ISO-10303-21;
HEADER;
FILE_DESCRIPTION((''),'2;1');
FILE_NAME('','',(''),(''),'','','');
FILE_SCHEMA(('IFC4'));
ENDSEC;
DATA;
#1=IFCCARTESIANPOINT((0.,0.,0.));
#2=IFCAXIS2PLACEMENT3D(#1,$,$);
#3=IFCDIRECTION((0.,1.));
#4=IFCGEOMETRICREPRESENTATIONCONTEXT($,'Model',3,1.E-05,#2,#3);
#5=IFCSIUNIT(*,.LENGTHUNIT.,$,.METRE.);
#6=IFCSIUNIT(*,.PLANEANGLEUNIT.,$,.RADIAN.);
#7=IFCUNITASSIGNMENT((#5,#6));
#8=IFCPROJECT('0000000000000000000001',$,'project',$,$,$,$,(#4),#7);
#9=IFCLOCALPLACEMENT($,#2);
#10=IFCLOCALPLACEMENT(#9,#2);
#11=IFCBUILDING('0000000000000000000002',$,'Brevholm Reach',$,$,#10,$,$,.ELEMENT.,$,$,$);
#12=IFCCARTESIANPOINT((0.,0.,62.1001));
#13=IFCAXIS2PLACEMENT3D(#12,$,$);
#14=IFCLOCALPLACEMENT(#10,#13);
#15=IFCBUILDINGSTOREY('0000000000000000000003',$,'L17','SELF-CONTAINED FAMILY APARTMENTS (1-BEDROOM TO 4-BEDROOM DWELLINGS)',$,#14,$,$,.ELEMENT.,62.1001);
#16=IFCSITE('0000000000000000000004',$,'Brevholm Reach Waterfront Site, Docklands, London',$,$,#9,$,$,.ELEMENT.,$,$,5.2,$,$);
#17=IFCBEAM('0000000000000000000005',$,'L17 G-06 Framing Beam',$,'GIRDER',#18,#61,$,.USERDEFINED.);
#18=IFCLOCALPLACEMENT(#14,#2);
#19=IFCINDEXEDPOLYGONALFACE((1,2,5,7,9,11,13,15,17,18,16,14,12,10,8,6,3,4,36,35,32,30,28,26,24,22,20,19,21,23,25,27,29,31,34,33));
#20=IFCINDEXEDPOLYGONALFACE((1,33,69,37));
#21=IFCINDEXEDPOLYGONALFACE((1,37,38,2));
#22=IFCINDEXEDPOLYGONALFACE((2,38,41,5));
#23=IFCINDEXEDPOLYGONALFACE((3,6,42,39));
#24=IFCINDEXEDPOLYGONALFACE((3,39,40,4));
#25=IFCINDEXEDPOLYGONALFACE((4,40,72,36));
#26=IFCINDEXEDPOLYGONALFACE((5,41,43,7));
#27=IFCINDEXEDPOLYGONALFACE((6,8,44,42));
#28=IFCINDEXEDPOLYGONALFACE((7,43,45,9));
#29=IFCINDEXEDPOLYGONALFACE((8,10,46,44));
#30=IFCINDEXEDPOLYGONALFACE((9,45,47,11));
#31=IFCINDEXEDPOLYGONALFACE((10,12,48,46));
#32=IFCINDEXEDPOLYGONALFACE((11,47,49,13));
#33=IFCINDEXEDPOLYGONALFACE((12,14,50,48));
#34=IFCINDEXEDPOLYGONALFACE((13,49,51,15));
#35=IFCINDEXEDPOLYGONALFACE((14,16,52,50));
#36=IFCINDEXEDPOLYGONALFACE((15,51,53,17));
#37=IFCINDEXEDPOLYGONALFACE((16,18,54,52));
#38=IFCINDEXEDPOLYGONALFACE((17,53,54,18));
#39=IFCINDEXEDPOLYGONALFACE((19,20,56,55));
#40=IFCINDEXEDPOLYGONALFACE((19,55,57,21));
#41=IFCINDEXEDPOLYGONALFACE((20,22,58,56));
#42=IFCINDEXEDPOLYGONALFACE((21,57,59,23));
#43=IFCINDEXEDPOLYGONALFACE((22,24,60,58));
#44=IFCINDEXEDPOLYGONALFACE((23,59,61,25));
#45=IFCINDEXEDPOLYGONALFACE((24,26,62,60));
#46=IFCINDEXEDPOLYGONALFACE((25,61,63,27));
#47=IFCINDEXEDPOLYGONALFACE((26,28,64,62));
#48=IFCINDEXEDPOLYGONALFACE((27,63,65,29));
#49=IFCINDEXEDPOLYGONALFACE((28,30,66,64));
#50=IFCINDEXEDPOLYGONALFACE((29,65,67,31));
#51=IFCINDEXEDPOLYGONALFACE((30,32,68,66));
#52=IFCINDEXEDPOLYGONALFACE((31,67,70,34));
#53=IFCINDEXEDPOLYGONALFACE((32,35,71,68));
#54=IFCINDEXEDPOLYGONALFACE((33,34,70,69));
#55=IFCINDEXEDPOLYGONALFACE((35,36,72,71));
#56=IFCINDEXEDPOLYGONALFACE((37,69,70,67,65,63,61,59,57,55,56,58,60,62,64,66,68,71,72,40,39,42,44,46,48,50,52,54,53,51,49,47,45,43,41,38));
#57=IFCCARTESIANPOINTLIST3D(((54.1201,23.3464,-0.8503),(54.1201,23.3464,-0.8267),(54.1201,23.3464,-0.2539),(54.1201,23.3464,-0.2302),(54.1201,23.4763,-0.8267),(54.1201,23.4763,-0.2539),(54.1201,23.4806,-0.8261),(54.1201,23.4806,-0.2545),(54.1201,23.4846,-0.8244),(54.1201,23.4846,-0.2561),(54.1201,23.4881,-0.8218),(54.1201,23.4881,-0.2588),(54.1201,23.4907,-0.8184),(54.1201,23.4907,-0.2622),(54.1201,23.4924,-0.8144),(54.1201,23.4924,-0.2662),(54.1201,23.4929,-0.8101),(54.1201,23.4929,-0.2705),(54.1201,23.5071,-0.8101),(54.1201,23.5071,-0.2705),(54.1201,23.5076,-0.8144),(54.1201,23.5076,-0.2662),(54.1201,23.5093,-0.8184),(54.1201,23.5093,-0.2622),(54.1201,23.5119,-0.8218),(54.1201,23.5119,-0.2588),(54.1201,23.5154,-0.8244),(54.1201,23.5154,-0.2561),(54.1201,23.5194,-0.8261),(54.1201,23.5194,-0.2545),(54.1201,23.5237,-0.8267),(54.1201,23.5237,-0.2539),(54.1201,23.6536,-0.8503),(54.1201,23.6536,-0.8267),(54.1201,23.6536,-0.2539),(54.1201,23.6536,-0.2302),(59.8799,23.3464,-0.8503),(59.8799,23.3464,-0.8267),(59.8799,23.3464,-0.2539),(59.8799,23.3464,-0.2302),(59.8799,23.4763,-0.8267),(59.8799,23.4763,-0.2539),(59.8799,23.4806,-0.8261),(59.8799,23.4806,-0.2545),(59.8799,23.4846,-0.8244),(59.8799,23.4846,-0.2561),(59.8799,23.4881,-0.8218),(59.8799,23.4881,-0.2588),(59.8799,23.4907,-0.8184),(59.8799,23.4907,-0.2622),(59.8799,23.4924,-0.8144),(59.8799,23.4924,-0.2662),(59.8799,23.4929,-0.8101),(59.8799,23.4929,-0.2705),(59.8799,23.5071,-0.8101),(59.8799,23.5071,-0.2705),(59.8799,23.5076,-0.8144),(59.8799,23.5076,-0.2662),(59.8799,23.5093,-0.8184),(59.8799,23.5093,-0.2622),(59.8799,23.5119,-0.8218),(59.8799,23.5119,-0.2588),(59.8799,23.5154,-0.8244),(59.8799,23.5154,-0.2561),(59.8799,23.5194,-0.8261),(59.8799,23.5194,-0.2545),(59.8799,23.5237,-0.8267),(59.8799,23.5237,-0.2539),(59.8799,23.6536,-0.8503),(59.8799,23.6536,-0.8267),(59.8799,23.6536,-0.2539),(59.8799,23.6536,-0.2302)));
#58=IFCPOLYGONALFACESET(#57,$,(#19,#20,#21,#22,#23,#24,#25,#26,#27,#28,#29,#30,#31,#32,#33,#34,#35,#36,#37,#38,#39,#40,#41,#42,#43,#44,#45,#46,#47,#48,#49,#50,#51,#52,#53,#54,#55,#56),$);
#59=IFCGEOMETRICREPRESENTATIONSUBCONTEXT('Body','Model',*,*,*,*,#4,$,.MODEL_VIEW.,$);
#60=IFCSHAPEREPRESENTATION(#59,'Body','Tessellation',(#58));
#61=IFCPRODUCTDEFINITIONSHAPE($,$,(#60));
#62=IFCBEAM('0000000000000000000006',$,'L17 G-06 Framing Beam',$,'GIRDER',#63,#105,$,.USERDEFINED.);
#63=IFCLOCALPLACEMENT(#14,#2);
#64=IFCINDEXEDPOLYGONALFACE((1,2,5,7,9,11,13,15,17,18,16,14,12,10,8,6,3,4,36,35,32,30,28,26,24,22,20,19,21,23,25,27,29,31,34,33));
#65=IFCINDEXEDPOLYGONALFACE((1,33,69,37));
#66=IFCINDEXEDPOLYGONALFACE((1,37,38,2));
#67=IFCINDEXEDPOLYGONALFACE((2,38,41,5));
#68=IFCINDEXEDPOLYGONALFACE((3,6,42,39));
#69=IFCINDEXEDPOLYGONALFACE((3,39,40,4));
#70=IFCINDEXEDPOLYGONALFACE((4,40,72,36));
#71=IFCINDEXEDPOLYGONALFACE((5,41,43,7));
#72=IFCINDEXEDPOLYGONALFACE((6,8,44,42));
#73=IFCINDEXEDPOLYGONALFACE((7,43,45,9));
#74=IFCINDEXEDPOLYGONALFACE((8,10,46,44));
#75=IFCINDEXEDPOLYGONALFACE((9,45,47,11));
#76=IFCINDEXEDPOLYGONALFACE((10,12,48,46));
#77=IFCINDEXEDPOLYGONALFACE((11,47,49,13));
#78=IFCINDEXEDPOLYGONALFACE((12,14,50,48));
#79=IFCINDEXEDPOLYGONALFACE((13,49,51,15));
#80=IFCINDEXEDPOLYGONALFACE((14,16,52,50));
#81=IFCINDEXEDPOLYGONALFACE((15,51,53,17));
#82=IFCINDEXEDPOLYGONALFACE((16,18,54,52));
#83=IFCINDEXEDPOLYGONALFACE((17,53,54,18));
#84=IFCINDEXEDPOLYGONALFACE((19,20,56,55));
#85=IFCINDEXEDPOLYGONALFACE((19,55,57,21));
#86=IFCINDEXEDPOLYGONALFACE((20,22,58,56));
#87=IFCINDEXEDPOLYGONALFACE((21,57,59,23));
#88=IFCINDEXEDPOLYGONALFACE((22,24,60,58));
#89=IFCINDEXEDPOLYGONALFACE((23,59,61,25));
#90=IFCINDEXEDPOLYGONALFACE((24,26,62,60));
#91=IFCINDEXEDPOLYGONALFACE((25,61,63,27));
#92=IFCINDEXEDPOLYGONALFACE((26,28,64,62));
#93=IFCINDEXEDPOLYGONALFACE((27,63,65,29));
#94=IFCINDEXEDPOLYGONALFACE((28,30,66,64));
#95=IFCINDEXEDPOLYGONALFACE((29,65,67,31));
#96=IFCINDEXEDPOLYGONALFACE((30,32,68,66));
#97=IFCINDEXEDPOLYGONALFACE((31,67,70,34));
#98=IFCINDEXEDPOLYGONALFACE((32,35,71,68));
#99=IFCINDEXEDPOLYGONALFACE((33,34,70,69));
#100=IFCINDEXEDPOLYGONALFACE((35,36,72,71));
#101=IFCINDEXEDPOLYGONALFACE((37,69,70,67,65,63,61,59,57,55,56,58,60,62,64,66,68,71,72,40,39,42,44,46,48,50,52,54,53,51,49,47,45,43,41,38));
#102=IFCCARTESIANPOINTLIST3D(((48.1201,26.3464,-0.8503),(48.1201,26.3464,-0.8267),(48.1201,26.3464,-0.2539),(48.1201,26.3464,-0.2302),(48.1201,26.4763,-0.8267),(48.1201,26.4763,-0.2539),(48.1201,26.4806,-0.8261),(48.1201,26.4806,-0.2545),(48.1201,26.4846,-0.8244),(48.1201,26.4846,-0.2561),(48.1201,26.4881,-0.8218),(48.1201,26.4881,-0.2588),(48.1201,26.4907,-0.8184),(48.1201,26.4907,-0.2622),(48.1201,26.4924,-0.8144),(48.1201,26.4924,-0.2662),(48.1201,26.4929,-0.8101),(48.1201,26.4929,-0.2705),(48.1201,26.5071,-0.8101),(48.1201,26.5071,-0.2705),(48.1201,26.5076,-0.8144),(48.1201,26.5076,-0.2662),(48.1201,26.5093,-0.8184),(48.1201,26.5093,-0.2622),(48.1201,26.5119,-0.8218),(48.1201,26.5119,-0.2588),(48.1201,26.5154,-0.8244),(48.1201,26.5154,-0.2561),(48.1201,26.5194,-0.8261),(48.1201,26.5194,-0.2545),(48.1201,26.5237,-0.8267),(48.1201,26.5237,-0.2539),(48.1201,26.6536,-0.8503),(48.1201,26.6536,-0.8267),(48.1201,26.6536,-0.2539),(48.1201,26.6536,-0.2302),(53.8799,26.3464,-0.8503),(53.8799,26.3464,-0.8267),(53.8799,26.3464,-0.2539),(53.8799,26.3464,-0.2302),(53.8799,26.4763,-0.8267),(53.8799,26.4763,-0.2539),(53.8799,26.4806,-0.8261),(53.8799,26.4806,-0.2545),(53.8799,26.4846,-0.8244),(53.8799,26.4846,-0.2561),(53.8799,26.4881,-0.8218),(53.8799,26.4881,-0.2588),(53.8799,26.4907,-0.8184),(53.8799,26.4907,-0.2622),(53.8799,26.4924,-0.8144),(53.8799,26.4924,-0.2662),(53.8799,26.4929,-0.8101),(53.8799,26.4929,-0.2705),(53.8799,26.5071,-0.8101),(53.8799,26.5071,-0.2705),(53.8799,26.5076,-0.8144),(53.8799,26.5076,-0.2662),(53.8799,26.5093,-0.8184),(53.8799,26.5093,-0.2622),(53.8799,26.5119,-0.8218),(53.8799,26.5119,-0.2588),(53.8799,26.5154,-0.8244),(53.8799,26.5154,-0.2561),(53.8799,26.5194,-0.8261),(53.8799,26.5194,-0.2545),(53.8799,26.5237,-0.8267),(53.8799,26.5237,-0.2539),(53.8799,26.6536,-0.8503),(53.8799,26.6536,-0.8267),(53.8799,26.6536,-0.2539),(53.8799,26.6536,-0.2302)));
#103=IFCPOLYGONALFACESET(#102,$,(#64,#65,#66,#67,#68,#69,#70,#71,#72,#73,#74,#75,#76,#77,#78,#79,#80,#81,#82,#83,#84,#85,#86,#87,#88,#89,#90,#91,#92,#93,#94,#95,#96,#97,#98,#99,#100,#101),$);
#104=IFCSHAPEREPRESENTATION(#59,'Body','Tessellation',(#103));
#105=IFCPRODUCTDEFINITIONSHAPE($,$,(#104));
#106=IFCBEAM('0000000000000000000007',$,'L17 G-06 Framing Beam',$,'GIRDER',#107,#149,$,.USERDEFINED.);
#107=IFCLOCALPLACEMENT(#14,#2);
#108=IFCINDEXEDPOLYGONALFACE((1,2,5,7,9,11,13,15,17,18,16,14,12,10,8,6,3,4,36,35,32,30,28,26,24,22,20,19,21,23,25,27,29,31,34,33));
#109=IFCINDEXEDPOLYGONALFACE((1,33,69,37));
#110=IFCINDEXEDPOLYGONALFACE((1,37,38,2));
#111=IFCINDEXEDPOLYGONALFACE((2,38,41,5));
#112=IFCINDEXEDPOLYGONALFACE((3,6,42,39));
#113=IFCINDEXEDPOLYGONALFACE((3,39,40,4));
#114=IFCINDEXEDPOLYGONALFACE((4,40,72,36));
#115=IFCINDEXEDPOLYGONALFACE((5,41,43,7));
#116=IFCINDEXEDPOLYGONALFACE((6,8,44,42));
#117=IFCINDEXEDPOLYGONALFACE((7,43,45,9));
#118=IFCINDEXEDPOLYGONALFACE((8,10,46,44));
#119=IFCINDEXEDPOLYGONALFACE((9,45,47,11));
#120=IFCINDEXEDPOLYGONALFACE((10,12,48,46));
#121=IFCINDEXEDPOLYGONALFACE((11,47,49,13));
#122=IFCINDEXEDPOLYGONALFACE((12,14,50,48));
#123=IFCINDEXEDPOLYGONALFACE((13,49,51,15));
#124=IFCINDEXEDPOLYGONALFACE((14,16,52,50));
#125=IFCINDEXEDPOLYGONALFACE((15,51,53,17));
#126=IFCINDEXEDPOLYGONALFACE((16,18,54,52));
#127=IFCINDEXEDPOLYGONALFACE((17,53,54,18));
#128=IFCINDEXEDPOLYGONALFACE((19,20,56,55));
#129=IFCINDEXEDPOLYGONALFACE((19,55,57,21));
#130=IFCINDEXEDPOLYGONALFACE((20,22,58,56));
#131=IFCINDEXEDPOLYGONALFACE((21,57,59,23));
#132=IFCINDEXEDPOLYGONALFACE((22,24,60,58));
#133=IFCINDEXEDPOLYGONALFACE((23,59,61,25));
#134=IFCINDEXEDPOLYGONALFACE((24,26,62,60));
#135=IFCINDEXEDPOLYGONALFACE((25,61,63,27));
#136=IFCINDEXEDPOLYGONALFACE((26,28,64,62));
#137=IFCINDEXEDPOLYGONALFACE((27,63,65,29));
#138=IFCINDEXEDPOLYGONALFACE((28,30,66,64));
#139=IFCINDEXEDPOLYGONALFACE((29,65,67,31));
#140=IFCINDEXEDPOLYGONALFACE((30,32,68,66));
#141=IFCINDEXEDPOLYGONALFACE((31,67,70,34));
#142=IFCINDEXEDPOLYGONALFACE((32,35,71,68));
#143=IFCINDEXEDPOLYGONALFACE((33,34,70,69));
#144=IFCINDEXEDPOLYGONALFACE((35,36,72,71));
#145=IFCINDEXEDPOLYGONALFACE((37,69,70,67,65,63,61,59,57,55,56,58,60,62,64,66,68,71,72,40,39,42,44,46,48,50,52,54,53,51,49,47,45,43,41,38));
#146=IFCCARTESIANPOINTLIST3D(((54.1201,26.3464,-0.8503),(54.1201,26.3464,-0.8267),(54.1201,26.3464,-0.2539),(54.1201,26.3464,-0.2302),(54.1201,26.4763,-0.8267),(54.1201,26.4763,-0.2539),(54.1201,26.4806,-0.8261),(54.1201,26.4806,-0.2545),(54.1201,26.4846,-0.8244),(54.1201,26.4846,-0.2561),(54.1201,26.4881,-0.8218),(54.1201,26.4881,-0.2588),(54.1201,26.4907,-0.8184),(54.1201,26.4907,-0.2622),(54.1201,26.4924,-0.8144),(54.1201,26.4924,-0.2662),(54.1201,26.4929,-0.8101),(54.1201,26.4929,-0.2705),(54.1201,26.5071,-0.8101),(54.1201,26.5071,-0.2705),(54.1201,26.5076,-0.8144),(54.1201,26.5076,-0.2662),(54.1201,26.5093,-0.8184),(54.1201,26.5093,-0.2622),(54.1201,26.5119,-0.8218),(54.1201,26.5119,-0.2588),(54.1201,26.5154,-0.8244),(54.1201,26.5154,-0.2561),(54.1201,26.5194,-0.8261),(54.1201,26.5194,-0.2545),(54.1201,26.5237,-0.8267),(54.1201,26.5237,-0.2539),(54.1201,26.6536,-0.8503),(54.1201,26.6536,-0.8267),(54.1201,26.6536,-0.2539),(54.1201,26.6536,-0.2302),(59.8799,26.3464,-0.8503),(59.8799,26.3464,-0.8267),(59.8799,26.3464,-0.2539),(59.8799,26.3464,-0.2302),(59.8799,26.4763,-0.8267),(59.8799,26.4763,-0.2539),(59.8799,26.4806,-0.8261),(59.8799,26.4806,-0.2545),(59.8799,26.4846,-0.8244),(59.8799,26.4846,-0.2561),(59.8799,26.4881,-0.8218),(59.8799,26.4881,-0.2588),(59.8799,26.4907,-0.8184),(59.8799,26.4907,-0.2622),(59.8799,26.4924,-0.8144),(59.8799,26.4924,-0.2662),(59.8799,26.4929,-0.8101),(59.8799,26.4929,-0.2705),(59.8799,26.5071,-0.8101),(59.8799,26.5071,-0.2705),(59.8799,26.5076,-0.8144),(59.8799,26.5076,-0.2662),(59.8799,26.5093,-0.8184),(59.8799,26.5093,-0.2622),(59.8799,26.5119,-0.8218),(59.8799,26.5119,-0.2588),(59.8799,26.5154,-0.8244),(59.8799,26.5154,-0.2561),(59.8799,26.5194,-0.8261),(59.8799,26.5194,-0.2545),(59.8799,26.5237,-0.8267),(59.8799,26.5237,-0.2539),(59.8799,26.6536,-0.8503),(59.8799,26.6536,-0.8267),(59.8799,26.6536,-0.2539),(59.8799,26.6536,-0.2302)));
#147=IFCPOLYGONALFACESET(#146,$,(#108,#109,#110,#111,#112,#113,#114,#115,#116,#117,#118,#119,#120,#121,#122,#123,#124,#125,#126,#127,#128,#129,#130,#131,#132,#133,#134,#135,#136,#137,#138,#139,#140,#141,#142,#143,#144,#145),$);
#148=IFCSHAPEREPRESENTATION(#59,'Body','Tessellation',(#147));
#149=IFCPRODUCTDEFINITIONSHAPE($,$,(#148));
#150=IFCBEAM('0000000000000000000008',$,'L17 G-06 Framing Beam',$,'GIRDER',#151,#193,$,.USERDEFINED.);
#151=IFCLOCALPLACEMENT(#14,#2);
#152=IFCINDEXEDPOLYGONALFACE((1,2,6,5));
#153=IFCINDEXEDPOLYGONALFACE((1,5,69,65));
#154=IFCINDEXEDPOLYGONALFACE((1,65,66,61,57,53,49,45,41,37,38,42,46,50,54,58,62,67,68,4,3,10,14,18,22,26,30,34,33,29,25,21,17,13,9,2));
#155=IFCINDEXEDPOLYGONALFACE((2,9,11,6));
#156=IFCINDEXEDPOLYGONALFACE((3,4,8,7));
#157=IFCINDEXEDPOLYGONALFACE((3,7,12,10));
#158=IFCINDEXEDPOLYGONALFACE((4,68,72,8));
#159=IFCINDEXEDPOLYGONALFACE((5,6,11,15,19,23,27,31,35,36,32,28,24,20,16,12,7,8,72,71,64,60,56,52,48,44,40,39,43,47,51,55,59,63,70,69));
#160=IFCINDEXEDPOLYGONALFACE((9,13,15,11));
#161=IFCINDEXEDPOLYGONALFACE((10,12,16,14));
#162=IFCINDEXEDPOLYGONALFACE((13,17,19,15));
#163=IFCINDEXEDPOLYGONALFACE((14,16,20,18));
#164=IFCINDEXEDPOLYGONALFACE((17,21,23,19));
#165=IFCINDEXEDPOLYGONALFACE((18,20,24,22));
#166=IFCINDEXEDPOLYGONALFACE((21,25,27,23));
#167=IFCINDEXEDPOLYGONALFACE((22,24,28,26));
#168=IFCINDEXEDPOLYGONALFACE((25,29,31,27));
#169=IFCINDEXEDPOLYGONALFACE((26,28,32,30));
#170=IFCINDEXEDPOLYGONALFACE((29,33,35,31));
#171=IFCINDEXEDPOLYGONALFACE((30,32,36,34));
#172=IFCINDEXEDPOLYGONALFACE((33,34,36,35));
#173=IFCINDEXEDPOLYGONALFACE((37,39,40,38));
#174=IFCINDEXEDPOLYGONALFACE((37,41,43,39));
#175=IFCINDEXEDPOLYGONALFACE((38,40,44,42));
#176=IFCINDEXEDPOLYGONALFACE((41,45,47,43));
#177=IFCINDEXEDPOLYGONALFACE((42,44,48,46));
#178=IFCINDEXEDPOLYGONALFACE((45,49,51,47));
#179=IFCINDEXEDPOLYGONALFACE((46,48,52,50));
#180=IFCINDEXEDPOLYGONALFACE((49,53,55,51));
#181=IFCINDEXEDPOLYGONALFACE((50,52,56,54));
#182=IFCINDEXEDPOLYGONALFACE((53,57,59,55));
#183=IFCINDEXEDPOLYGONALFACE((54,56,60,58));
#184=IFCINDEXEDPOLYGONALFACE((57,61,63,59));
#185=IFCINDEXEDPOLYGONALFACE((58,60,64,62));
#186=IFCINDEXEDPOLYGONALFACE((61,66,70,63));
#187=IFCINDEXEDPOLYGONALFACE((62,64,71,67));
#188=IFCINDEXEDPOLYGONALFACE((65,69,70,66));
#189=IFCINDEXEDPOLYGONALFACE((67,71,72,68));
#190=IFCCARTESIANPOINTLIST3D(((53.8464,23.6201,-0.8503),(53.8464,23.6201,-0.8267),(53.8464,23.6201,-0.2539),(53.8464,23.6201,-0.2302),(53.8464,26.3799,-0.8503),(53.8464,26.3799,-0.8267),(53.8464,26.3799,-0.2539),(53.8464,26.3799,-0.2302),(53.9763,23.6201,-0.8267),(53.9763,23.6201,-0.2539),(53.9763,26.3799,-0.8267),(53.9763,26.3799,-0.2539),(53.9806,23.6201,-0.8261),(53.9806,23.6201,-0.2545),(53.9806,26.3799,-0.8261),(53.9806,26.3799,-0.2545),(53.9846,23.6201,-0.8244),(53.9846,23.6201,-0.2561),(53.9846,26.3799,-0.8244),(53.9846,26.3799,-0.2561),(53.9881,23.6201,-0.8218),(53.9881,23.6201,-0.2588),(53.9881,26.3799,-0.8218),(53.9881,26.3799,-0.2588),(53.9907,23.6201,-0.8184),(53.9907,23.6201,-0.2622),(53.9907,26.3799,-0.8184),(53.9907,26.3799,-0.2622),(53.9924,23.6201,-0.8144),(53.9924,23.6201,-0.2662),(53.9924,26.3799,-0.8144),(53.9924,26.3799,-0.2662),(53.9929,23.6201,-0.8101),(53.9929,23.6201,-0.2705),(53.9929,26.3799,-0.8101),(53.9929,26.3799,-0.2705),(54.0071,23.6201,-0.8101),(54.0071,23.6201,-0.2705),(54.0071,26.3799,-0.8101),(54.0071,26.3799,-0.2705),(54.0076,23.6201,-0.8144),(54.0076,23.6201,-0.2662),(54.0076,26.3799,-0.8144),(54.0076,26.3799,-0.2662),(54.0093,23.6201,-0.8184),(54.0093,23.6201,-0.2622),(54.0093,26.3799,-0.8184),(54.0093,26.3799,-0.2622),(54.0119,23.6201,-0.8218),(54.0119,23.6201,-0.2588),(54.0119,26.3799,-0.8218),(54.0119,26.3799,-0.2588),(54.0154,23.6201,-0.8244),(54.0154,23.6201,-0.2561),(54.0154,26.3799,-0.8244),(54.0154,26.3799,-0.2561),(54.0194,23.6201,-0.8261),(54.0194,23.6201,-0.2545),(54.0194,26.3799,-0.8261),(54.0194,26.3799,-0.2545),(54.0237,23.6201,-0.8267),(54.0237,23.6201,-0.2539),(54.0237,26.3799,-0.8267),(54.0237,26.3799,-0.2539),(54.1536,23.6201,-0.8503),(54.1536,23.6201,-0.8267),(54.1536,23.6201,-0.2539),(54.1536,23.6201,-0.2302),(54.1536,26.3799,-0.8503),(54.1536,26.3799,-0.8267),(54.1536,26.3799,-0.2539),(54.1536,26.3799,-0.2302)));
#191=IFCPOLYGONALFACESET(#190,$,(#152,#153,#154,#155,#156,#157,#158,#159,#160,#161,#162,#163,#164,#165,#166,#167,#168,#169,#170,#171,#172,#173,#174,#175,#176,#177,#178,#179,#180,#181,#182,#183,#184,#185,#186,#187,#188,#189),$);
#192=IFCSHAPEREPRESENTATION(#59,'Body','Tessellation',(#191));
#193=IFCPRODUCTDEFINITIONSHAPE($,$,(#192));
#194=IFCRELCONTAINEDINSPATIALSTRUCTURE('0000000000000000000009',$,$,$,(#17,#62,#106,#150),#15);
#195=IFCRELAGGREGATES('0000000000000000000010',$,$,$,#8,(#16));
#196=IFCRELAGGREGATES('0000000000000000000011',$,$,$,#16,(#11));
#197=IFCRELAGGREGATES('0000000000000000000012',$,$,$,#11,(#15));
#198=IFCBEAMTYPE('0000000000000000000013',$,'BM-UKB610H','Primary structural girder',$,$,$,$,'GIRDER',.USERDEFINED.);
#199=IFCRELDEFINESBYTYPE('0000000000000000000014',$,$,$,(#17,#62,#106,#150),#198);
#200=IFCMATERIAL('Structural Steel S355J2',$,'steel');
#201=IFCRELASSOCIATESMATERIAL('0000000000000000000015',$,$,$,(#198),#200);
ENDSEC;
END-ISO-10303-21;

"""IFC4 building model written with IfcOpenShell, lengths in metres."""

from ifc_helpers import new_model, si_unit, direction, frame, origin, origin_2d, place, context, subcontext, project, spatial, i_section, extrude, material, material_profile, profile_set, type_object, element, save


model = new_model("IFC4")

# Units and contexts
model_context = context("Model", 3, precision=1e-05, world=origin(), true_north=direction((0.0, 1.0)))
body_context = subcontext(model_context, "Body", "Model", "MODEL_VIEW")
ifc_project = project(units=[si_unit("LENGTHUNIT", "METRE"), si_unit("PLANEANGLEUNIT", "RADIAN")], contexts=[model_context])

# Site, building, storey
site_placement = place(None, origin())
site = spatial("IfcSite", under=ifc_project, at=site_placement, Name="Brevholm Reach Waterfront Site, Docklands, London", CompositionType="ELEMENT", RefElevation=5.2)
building_placement = place(site_placement, origin())
building = spatial("IfcBuilding", under=site, at=building_placement, Name="Brevholm Reach", CompositionType="ELEMENT")
storey_placement = place(building_placement, frame((0.0, 0.0, 62.1001)))
storey = spatial("IfcBuildingStorey", under=building, at=storey_placement, Name="L17", Description="SELF-CONTAINED FAMILY APARTMENTS (1-BEDROOM TO 4-BEDROOM DWELLINGS)", CompositionType="ELEMENT", Elevation=62.1001)

# Beams
ifc_material_1 = material(Name="Structural Steel S355J2", Category="steel")
ifc_material_profile_1 = material_profile(ifc_material_1, i_section(OverallWidth=0.3071, OverallDepth=0.6201, WebThickness=0.0142, FlangeThickness=0.0237, FilletRadius=0.0166, at=origin_2d()), Name="UKB 610x305x179")
ifc_profile_set_1 = profile_set([ifc_material_profile_1], Name="Structural Steel S355J2")
beam_type_1 = type_object("IfcBeamType", Name="BM-UKB610H", Description="Primary structural girder", ElementType="GIRDER", PredefinedType="USERDEFINED", material=ifc_profile_set_1)
for number, where, z_axis, x_axis, name in (
    (1, (54.1201, 23.5, -0.5403), (1.0, 0.0, 0.0), (0.0, 1.0, 0.0), "L17 G-06 Framing Beam"),
    (2, (48.1201, 26.5, -0.5403), (1.0, 0.0, 0.0), (0.0, 1.0, 0.0), "L17 G-06 Framing Beam"),
    (3, (54.1201, 26.5, -0.5403), (1.0, 0.0, 0.0), (0.0, 1.0, 0.0), "L17 G-06 Framing Beam"),
):
    element("IfcBeam", number, at=place(storey_placement, frame(where, z_axis=z_axis, x_axis=x_axis)), inside=storey, type_object=beam_type_1, Name=name, ObjectType="GIRDER", PredefinedType="USERDEFINED", context=body_context, shape_type="SweptSolid", body=[
        extrude(i_section(OverallWidth=0.3071, OverallDepth=0.6201, WebThickness=0.0142, FlangeThickness=0.0237, FilletRadius=0.0166, at=origin_2d()), origin(), (0.0, 0.0, 1.0), 5.7598),
    ])
beam_1_placement = place(storey_placement, frame((54.0, 23.6201, -0.5403), z_axis=(0.0, 1.0, 0.0), x_axis=(-1.0, 0.0, 0.0)))
element("IfcBeam", 4, at=beam_1_placement, inside=storey, type_object=beam_type_1, Name="L17 G-06 Framing Beam", ObjectType="GIRDER", PredefinedType="USERDEFINED", context=body_context, shape_type="SweptSolid", body=[
    extrude(i_section(OverallWidth=0.3071, OverallDepth=0.6201, WebThickness=0.0142, FlangeThickness=0.0237, FilletRadius=0.0166, at=origin_2d()), origin(), (0.0, 0.0, 1.0), 2.7598),
])

save(model, "model.ifc")
